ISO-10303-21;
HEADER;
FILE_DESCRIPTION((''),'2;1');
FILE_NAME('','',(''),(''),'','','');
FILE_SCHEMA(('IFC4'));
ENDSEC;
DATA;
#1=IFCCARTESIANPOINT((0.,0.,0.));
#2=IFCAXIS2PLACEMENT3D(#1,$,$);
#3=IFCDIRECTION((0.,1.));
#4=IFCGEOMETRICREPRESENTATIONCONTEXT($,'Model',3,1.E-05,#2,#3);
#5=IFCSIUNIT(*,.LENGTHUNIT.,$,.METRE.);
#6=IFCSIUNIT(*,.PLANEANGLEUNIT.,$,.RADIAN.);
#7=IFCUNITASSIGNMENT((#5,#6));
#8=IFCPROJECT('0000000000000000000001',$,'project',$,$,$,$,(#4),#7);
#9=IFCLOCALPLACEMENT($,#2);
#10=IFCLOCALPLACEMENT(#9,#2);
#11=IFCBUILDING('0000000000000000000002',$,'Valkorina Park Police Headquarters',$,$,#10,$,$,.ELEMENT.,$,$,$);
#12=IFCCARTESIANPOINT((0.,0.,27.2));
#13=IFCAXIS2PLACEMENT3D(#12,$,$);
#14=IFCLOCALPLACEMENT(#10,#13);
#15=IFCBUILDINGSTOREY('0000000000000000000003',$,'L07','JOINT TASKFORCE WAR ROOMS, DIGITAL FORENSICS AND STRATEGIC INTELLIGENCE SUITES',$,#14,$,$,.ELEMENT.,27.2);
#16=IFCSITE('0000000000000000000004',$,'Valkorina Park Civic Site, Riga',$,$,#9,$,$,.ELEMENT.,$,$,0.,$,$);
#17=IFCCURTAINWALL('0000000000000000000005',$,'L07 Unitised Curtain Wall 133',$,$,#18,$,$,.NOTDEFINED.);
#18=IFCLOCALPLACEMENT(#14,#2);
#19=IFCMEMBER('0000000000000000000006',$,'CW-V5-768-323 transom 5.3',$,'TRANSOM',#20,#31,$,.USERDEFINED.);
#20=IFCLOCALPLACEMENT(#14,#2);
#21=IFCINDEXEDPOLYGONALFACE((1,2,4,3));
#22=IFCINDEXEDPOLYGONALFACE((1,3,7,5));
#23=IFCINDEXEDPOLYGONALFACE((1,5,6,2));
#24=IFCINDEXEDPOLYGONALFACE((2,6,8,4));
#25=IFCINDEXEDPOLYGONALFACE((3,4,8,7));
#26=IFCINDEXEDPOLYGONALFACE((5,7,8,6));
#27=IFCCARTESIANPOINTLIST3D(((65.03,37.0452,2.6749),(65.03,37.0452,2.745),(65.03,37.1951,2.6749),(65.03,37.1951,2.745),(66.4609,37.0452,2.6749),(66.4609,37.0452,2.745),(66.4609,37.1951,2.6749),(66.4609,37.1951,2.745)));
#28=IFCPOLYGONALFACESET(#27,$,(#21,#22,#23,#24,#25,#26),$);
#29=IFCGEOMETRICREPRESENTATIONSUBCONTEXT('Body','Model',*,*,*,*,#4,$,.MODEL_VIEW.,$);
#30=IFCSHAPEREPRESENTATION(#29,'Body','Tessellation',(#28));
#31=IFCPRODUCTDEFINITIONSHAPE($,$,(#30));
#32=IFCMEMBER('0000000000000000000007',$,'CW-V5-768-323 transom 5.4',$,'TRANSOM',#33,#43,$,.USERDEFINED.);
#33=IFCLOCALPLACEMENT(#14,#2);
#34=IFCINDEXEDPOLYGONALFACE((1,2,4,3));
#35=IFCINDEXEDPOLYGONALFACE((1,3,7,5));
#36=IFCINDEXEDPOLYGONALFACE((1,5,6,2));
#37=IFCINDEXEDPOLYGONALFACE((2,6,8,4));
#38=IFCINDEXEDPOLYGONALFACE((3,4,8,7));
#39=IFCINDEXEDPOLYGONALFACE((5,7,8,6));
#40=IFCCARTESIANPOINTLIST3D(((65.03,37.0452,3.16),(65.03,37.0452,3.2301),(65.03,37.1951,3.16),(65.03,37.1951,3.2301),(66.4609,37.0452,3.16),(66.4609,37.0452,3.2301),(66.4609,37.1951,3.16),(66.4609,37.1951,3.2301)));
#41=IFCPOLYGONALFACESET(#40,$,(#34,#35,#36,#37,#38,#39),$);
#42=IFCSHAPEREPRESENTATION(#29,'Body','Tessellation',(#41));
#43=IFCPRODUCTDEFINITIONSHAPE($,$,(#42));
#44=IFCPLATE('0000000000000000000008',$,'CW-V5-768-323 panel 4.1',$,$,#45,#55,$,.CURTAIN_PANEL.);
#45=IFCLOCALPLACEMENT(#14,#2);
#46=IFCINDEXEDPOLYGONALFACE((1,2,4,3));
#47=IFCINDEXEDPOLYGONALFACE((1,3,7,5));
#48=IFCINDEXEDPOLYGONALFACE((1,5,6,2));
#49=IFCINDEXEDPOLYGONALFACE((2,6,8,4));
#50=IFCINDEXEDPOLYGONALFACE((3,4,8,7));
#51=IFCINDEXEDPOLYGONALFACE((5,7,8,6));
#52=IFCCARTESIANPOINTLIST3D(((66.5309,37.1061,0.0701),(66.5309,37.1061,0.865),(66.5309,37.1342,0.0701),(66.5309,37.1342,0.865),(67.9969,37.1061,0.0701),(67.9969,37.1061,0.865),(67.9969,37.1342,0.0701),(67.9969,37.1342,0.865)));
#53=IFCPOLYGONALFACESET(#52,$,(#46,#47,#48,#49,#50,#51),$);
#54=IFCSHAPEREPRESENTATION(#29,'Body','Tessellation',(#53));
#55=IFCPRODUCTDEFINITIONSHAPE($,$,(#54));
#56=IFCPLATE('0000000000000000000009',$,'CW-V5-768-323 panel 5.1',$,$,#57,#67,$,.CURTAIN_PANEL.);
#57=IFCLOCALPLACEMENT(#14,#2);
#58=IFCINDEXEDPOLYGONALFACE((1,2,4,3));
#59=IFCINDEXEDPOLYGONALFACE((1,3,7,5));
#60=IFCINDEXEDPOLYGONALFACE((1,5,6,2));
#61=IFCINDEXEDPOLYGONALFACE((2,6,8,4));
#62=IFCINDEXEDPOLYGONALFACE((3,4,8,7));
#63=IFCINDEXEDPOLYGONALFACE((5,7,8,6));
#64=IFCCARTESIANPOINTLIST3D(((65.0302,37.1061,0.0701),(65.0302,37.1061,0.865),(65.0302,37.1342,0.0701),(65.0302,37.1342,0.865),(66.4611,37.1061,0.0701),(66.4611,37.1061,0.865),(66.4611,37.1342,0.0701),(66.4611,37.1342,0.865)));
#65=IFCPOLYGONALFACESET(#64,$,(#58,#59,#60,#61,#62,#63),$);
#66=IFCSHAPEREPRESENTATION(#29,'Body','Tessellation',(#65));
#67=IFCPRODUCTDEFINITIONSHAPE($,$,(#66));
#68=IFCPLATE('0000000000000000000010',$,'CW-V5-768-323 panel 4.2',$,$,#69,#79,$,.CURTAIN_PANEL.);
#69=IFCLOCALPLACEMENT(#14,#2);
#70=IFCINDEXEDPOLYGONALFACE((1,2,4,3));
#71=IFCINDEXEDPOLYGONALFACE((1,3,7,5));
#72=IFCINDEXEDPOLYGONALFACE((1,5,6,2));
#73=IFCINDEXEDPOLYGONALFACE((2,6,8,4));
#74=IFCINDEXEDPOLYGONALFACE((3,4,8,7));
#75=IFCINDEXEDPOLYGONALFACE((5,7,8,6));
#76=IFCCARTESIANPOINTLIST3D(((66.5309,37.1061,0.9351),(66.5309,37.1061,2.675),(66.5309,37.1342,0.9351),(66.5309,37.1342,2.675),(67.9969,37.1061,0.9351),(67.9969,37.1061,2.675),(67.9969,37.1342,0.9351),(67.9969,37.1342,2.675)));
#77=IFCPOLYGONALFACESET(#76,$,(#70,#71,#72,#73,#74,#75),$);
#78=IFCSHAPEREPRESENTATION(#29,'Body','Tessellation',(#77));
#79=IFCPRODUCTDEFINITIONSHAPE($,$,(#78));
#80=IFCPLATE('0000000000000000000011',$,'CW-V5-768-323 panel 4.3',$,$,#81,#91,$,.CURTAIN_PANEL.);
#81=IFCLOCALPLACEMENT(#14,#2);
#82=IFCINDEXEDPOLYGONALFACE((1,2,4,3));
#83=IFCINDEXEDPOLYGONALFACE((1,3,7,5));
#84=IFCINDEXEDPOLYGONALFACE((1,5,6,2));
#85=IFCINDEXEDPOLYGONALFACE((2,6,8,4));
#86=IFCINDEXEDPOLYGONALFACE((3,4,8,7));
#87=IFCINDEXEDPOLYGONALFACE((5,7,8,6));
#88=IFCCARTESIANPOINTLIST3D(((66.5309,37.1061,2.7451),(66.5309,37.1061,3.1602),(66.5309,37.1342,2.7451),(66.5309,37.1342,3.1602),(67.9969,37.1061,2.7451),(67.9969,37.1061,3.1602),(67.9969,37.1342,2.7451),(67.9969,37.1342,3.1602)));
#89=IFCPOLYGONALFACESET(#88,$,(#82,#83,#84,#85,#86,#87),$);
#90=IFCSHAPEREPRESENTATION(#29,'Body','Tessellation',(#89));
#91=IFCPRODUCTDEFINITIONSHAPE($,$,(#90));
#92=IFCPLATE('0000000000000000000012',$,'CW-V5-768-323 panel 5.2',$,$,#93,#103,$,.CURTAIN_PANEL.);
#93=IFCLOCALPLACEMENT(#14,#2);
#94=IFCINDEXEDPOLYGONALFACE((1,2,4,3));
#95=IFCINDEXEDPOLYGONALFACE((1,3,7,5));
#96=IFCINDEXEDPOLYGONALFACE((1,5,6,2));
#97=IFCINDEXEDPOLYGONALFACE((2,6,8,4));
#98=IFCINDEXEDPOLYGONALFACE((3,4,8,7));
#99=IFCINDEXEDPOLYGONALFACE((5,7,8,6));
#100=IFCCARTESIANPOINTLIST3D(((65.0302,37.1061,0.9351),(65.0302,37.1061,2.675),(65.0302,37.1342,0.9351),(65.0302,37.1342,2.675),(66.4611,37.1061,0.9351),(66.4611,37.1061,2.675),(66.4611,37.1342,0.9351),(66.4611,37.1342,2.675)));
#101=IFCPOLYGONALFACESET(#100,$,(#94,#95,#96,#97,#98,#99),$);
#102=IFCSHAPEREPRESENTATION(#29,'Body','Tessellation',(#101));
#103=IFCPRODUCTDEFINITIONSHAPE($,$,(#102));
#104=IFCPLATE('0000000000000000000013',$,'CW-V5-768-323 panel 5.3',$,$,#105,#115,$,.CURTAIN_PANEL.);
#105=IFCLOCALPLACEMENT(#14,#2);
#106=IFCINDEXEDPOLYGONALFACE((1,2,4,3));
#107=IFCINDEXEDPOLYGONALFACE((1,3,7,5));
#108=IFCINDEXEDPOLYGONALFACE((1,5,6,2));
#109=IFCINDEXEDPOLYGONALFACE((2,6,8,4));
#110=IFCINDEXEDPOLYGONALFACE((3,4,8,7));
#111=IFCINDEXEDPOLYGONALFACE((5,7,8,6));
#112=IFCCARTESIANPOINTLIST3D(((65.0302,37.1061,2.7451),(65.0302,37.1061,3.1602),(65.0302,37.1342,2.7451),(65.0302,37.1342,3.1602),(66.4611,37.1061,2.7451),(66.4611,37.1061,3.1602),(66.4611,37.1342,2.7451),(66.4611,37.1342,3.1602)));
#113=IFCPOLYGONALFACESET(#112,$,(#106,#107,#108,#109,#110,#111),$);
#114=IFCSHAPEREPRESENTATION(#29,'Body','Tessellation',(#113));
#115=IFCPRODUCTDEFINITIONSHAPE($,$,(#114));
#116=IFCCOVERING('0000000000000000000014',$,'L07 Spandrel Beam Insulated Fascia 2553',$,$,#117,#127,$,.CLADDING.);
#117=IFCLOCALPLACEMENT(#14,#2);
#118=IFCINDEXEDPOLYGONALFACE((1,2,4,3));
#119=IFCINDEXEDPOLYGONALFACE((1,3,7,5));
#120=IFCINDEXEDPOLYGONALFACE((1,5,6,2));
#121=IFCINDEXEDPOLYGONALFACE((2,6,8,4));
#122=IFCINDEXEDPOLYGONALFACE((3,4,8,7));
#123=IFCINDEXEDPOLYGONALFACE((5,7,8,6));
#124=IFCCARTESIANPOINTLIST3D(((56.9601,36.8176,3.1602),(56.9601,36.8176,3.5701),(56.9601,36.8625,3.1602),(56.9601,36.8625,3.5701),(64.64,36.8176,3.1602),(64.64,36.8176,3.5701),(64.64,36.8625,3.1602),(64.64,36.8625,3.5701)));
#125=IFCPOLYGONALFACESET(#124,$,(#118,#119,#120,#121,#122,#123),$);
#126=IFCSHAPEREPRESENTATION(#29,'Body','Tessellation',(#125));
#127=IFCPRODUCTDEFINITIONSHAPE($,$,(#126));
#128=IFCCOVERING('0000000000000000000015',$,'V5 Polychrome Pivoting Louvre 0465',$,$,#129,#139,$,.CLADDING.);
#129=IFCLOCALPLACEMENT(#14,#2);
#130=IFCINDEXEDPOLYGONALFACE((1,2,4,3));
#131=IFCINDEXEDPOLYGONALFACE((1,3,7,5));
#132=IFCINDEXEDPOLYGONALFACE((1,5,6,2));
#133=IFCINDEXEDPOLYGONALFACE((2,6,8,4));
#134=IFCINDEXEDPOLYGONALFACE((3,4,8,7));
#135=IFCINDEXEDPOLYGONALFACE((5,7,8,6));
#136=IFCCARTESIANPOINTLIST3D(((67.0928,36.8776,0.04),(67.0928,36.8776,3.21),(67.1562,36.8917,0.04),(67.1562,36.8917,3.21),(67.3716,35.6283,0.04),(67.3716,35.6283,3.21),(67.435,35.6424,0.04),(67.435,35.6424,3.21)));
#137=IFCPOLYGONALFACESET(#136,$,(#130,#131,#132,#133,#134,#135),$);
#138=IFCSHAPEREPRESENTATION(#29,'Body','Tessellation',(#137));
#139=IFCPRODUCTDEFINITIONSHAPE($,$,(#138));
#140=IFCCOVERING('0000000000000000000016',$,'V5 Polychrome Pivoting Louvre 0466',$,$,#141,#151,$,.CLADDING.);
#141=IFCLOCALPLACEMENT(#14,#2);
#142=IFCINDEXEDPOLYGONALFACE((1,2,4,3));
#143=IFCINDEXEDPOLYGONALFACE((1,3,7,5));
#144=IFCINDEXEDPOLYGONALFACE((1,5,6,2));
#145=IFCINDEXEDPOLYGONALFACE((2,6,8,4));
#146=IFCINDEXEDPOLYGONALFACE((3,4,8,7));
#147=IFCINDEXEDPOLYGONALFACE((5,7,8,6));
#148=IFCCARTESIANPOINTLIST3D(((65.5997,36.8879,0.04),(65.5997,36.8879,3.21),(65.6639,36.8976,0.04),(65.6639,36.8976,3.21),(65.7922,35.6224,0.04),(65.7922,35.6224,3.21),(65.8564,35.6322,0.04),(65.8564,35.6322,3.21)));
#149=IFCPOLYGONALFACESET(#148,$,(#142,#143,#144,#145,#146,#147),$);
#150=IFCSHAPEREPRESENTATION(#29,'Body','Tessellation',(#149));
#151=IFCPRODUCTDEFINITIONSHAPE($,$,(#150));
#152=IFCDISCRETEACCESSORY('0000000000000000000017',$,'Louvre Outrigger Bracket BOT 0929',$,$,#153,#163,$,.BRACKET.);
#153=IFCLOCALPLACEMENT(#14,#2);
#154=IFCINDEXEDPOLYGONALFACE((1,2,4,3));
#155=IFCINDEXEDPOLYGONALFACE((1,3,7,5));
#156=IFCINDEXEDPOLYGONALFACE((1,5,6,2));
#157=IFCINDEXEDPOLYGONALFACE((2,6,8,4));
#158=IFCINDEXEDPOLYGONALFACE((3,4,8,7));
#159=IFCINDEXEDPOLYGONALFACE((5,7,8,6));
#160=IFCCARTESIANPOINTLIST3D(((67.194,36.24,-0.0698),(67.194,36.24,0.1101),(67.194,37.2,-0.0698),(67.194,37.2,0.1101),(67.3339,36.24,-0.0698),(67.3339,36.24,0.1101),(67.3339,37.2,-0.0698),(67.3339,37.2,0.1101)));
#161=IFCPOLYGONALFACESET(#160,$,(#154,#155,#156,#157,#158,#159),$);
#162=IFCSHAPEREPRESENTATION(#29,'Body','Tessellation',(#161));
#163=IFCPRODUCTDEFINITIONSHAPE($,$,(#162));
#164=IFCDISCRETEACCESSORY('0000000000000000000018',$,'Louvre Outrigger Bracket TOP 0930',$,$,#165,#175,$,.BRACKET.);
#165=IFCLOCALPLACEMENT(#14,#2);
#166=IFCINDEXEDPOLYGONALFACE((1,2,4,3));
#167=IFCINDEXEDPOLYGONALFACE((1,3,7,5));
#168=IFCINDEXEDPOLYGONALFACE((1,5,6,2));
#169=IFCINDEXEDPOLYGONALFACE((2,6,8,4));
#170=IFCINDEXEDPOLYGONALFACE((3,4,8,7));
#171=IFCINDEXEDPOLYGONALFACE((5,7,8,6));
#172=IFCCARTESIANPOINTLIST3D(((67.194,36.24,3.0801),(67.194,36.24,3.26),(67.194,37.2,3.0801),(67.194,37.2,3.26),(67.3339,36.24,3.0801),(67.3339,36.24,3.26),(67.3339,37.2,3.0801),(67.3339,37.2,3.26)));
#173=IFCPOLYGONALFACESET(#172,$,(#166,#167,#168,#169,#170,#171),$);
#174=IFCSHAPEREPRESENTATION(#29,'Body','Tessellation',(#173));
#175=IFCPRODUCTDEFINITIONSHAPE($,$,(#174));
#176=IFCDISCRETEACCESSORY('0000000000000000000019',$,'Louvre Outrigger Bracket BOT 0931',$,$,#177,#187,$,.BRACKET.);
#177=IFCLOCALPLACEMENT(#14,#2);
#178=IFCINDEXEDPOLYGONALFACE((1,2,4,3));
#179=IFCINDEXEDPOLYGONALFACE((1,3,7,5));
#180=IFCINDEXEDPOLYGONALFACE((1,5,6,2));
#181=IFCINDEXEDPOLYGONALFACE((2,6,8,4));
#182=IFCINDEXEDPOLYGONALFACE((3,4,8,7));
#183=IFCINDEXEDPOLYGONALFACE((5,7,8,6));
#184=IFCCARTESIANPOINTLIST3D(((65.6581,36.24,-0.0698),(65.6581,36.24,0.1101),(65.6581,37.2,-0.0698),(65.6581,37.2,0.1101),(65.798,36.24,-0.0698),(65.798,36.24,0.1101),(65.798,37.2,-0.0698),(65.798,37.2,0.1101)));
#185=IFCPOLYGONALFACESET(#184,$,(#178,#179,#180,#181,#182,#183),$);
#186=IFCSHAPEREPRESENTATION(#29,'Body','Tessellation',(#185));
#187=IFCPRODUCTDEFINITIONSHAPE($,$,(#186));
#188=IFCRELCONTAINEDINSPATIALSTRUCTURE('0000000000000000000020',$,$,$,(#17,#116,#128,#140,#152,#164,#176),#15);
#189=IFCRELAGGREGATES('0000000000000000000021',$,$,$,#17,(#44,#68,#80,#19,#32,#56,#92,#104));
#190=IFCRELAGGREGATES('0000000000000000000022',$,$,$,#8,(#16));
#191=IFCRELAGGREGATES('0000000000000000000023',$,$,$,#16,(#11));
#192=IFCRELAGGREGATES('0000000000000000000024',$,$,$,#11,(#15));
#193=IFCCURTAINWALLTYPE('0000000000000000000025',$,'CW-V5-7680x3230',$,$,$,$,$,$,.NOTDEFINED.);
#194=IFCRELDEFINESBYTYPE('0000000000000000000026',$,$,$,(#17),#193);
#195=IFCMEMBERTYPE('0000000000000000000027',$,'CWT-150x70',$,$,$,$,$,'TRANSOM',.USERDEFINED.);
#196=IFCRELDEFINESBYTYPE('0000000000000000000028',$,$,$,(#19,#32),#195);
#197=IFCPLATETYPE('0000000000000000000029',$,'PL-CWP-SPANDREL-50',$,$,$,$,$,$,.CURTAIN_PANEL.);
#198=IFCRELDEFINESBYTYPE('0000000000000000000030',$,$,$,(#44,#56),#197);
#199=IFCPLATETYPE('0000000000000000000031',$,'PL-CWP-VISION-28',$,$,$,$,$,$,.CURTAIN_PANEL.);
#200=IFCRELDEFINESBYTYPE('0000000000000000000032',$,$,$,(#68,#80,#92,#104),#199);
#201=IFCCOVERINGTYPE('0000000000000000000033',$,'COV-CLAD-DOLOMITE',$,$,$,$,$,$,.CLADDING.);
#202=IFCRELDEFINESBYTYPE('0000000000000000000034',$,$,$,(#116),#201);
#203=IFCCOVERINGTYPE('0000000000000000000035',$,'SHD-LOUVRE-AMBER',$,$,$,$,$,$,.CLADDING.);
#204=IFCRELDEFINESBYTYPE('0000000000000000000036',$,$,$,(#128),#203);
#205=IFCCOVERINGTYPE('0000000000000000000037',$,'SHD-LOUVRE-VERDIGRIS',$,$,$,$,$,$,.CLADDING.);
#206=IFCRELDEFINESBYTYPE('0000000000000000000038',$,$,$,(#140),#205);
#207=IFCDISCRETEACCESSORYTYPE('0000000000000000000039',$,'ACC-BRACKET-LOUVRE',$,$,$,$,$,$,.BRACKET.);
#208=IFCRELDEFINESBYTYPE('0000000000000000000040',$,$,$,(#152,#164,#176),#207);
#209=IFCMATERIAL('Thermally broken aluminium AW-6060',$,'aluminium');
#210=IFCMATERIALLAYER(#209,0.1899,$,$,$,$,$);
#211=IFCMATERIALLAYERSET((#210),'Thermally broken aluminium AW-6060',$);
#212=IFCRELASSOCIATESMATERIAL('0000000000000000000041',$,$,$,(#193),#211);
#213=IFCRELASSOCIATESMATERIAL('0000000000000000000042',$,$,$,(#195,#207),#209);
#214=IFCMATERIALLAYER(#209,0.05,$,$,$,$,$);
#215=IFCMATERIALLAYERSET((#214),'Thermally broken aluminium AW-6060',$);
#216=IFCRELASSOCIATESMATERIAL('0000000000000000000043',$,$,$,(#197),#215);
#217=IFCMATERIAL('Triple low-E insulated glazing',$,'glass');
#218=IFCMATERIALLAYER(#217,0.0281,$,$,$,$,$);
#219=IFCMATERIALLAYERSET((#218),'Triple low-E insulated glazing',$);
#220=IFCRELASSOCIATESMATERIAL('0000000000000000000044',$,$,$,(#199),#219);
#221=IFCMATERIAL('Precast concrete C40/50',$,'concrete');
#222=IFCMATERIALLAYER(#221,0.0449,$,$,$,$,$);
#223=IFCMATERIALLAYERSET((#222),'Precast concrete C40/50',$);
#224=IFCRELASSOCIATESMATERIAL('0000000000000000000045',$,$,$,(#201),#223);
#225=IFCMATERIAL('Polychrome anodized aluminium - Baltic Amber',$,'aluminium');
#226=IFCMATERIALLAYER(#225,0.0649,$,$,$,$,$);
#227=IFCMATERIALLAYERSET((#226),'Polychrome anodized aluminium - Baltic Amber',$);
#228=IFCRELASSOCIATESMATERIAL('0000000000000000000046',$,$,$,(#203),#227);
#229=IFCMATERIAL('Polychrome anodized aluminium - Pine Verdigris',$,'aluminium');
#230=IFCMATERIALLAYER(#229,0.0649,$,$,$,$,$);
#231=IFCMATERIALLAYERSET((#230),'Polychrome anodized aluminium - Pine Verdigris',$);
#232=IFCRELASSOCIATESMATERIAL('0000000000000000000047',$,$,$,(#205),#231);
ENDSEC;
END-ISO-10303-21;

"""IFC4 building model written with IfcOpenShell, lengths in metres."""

from ifc_helpers import new_model, si_unit, direction, frame, frame_2d, origin, origin_2d, place, context, subcontext, project, spatial, rectangle, extrude, material, layer, layer_set, material_profile, profile_set, type_object, element, aggregate, save


model = new_model("IFC4")

# Units and contexts
model_context = context("Model", 3, precision=1e-05, world=origin(), true_north=direction((0.0, 1.0)))
body_context = subcontext(model_context, "Body", "Model", "MODEL_VIEW")
ifc_project = project(units=[si_unit("LENGTHUNIT", "METRE"), si_unit("PLANEANGLEUNIT", "RADIAN")], contexts=[model_context])

# Site, building, storey
site_placement = place(None, origin())
site = spatial("IfcSite", under=ifc_project, at=site_placement, Name="Valkorina Park Civic Site, Riga", CompositionType="ELEMENT", RefElevation=0.0)
building_placement = place(site_placement, origin())
building = spatial("IfcBuilding", under=site, at=building_placement, Name="Valkorina Park Police Headquarters", CompositionType="ELEMENT")
storey_placement = place(building_placement, frame((0.0, 0.0, 27.2)))
storey = spatial("IfcBuildingStorey", under=building, at=storey_placement, Name="L07", Description="JOINT TASKFORCE WAR ROOMS, DIGITAL FORENSICS AND STRATEGIC INTELLIGENCE SUITES", CompositionType="ELEMENT", Elevation=27.2)

# Curtain wall, members, plates
ifc_material_1 = material(Name="Thermally broken aluminium AW-6060", Category="aluminium")
ifc_layer_1 = layer(ifc_material_1, 0.1899)
ifc_layer_set_1 = layer_set([ifc_layer_1], Name="Thermally broken aluminium AW-6060")
curtain_wall_type = type_object("IfcCurtainWallType", Name="CW-V5-7680x3230", PredefinedType="NOTDEFINED", material=ifc_layer_set_1)
curtain_wall_placement = place(storey_placement, origin())
curtain_wall = element("IfcCurtainWall", 1, at=curtain_wall_placement, inside=storey, type_object=curtain_wall_type, Name="L07 Unitised Curtain Wall 133", PredefinedType="NOTDEFINED")
ifc_material_profile_1 = material_profile(ifc_material_1, rectangle(XDim=0.1499, YDim=0.0701, at=origin_2d()), Name="CWT-02 150x70")
ifc_profile_set_1 = profile_set([ifc_material_profile_1], Name="Thermally broken aluminium AW-6060")
member_type_1 = type_object("IfcMemberType", Name="CWT-150x70", ElementType="TRANSOM", PredefinedType="USERDEFINED", material=ifc_profile_set_1)
member_1_placement = place(storey_placement, frame((66.4609, 37.1201, 2.71), z_axis=(-1.0, 0.0, 0.0), x_axis=(0.0, -1.0, 0.0)))
member_1 = element("IfcMember", 2, at=member_1_placement, type_object=member_type_1, Name="CW-V5-768-323 transom 5.3", ObjectType="TRANSOM", PredefinedType="USERDEFINED", context=body_context, shape_type="SweptSolid", body=[
    extrude(rectangle(XDim=0.1499, YDim=0.0701, at=origin_2d()), origin(), (0.0, 0.0, 1.0), 1.4309),
])
member_2_placement = place(storey_placement, frame((66.4609, 37.1201, 3.1951), z_axis=(-1.0, 0.0, 0.0), x_axis=(0.0, -1.0, 0.0)))
member_2 = element("IfcMember", 3, at=member_2_placement, type_object=member_type_1, Name="CW-V5-768-323 transom 5.4", ObjectType="TRANSOM", PredefinedType="USERDEFINED", context=body_context, shape_type="SweptSolid", body=[
    extrude(rectangle(XDim=0.1499, YDim=0.0701, at=origin_2d()), origin(), (0.0, 0.0, 1.0), 1.4309),
])
ifc_layer_2 = layer(ifc_material_1, 0.05)
ifc_layer_set_2 = layer_set([ifc_layer_2], Name="Thermally broken aluminium AW-6060")
plate_type_1 = type_object("IfcPlateType", Name="PL-CWP-SPANDREL-50", PredefinedType="CURTAIN_PANEL", material=ifc_layer_set_2)
plate_1_placement = place(storey_placement, frame((67.2639, 37.1201, 0.0701), z_axis=(0.0, 0.0, 1.0), x_axis=(-1.0, 0.0, 0.0)))
plate_1 = element("IfcPlate", 4, at=plate_1_placement, type_object=plate_type_1, Name="CW-V5-768-323 panel 4.1", PredefinedType="CURTAIN_PANEL", context=body_context, shape_type="SweptSolid", body=[
    extrude(rectangle(XDim=1.4661, YDim=0.0281, at=origin_2d()), origin(), (0.0, 0.0, 1.0), 0.7949),
])
plate_2_placement = place(storey_placement, frame((65.7456, 37.1201, 0.0701), z_axis=(0.0, 0.0, 1.0), x_axis=(-1.0, 0.0, 0.0)))
plate_2 = element("IfcPlate", 5, at=plate_2_placement, type_object=plate_type_1, Name="CW-V5-768-323 panel 5.1", PredefinedType="CURTAIN_PANEL", context=body_context, shape_type="SweptSolid", body=[
    extrude(rectangle(XDim=1.4309, YDim=0.0281, at=origin_2d()), origin(), (0.0, 0.0, 1.0), 0.7949),
])
ifc_material_2 = material(Name="Triple low-E insulated glazing", Category="glass")
ifc_layer_3 = layer(ifc_material_2, 0.0281)
ifc_layer_set_3 = layer_set([ifc_layer_3], Name="Triple low-E insulated glazing")
plate_type_2 = type_object("IfcPlateType", Name="PL-CWP-VISION-28", PredefinedType="CURTAIN_PANEL", material=ifc_layer_set_3)
plate_3_placement = place(storey_placement, frame((67.2639, 37.1201, 0.9351), z_axis=(0.0, 0.0, 1.0), x_axis=(-1.0, 0.0, 0.0)))
plate_3 = element("IfcPlate", 6, at=plate_3_placement, type_object=plate_type_2, Name="CW-V5-768-323 panel 4.2", PredefinedType="CURTAIN_PANEL", context=body_context, shape_type="SweptSolid", body=[
    extrude(rectangle(XDim=1.4661, YDim=0.0281, at=origin_2d()), origin(), (0.0, 0.0, 1.0), 1.74),
])
plate_4_placement = place(storey_placement, frame((67.2639, 37.1201, 2.7451), z_axis=(0.0, 0.0, 1.0), x_axis=(-1.0, 0.0, 0.0)))
plate_4 = element("IfcPlate", 7, at=plate_4_placement, type_object=plate_type_2, Name="CW-V5-768-323 panel 4.3", PredefinedType="CURTAIN_PANEL", context=body_context, shape_type="SweptSolid", body=[
    extrude(rectangle(XDim=1.4661, YDim=0.0281, at=origin_2d()), origin(), (0.0, 0.0, 1.0), 0.415),
])
plate_5_placement = place(storey_placement, frame((65.7456, 37.1201, 0.9351), z_axis=(0.0, 0.0, 1.0), x_axis=(-1.0, 0.0, 0.0)))
plate_5 = element("IfcPlate", 8, at=plate_5_placement, type_object=plate_type_2, Name="CW-V5-768-323 panel 5.2", PredefinedType="CURTAIN_PANEL", context=body_context, shape_type="SweptSolid", body=[
    extrude(rectangle(XDim=1.4309, YDim=0.0281, at=origin_2d()), origin(), (0.0, 0.0, 1.0), 1.74),
])
plate_6_placement = place(storey_placement, frame((65.7456, 37.1201, 2.7451), z_axis=(0.0, 0.0, 1.0), x_axis=(-1.0, 0.0, 0.0)))
plate_6 = element("IfcPlate", 9, at=plate_6_placement, type_object=plate_type_2, Name="CW-V5-768-323 panel 5.3", PredefinedType="CURTAIN_PANEL", context=body_context, shape_type="SweptSolid", body=[
    extrude(rectangle(XDim=1.4309, YDim=0.0281, at=origin_2d()), origin(), (0.0, 0.0, 1.0), 0.415),
])
aggregate(curtain_wall, [plate_1, plate_3, plate_4, member_1, member_2, plate_2, plate_5, plate_6])

# Coverings
ifc_material_3 = material(Name="Precast concrete C40/50", Category="concrete")
ifc_layer_4 = layer(ifc_material_3, 0.0449)
ifc_layer_set_4 = layer_set([ifc_layer_4], Name="Precast concrete C40/50")
covering_type_1 = type_object("IfcCoveringType", Name="COV-CLAD-DOLOMITE", PredefinedType="CLADDING", material=ifc_layer_set_4)
covering_1_placement = place(storey_placement, frame((64.6399, 36.8401, 3.1602), z_axis=(0.0, 0.0, 1.0), x_axis=(-1.0, 0.0, 0.0)))
element("IfcCovering", 10, at=covering_1_placement, inside=storey, type_object=covering_type_1, Name="L07 Spandrel Beam Insulated Fascia 2553", PredefinedType="CLADDING", context=body_context, shape_type="SweptSolid", body=[
    extrude(rectangle(XDim=7.6799, YDim=0.0449, at=frame_2d((3.8398, 0.0))), origin(), (0.0, 0.0, 1.0), 0.4099),
])
ifc_material_4 = material(Name="Polychrome anodized aluminium - Baltic Amber", Category="aluminium")
ifc_layer_5 = layer(ifc_material_4, 0.0649)
ifc_layer_set_5 = layer_set([ifc_layer_5], Name="Polychrome anodized aluminium - Baltic Amber")
covering_type_2 = type_object("IfcCoveringType", Name="SHD-LOUVRE-AMBER", PredefinedType="CLADDING", material=ifc_layer_set_5)
covering_2_placement = place(storey_placement, frame((67.2639, 36.26, 0.04), z_axis=(0.0, 0.0, 1.0), x_axis=(0.217803, -0.975993, 0.0)))
element("IfcCovering", 11, at=covering_2_placement, inside=storey, type_object=covering_type_2, Name="V5 Polychrome Pivoting Louvre 0465", PredefinedType="CLADDING", context=body_context, shape_type="SweptSolid", body=[
    extrude(rectangle(XDim=1.28, YDim=0.0649, at=origin_2d()), origin(), (0.0, 0.0, 1.0), 3.1699),
])
ifc_material_5 = material(Name="Polychrome anodized aluminium - Pine Verdigris", Category="aluminium")
ifc_layer_6 = layer(ifc_material_5, 0.0649)
ifc_layer_set_6 = layer_set([ifc_layer_6], Name="Polychrome anodized aluminium - Pine Verdigris")
covering_type_3 = type_object("IfcCoveringType", Name="SHD-LOUVRE-VERDIGRIS", PredefinedType="CLADDING", material=ifc_layer_set_6)
covering_3_placement = place(storey_placement, frame((65.728, 36.26, 0.04), z_axis=(0.0, 0.0, 1.0), x_axis=(0.150398, -0.988626, 0.0)))
element("IfcCovering", 12, at=covering_3_placement, inside=storey, type_object=covering_type_3, Name="V5 Polychrome Pivoting Louvre 0466", PredefinedType="CLADDING", context=body_context, shape_type="SweptSolid", body=[
    extrude(rectangle(XDim=1.28, YDim=0.0649, at=origin_2d()), origin(), (0.0, 0.0, 1.0), 3.1699),
])

# Discrete accessories
discrete_accessory_type = type_object("IfcDiscreteAccessoryType", Name="ACC-BRACKET-LOUVRE", PredefinedType="BRACKET", material=ifc_material_1)
for number, where, z_axis, x_axis, name in (
    (13, (67.2639, 36.72, -0.0698), (0.0, 0.0, 1.0), (0.0, -1.0, 0.0), "Louvre Outrigger Bracket BOT 0929"),
    (14, (67.2639, 36.72, 3.0801), (0.0, 0.0, 1.0), (0.0, -1.0, 0.0), "Louvre Outrigger Bracket TOP 0930"),
    (15, (65.728, 36.72, -0.0698), (0.0, 0.0, 1.0), (0.0, -1.0, 0.0), "Louvre Outrigger Bracket BOT 0931"),
):
    element("IfcDiscreteAccessory", number, at=place(storey_placement, frame(where, z_axis=z_axis, x_axis=x_axis)), inside=storey, type_object=discrete_accessory_type, Name=name, PredefinedType="BRACKET", context=body_context, shape_type="SweptSolid", body=[
        extrude(rectangle(XDim=0.96, YDim=0.1399, at=origin_2d()), origin(), (0.0, 0.0, 1.0), 0.1799),
    ])

save(model, "model.ifc")
